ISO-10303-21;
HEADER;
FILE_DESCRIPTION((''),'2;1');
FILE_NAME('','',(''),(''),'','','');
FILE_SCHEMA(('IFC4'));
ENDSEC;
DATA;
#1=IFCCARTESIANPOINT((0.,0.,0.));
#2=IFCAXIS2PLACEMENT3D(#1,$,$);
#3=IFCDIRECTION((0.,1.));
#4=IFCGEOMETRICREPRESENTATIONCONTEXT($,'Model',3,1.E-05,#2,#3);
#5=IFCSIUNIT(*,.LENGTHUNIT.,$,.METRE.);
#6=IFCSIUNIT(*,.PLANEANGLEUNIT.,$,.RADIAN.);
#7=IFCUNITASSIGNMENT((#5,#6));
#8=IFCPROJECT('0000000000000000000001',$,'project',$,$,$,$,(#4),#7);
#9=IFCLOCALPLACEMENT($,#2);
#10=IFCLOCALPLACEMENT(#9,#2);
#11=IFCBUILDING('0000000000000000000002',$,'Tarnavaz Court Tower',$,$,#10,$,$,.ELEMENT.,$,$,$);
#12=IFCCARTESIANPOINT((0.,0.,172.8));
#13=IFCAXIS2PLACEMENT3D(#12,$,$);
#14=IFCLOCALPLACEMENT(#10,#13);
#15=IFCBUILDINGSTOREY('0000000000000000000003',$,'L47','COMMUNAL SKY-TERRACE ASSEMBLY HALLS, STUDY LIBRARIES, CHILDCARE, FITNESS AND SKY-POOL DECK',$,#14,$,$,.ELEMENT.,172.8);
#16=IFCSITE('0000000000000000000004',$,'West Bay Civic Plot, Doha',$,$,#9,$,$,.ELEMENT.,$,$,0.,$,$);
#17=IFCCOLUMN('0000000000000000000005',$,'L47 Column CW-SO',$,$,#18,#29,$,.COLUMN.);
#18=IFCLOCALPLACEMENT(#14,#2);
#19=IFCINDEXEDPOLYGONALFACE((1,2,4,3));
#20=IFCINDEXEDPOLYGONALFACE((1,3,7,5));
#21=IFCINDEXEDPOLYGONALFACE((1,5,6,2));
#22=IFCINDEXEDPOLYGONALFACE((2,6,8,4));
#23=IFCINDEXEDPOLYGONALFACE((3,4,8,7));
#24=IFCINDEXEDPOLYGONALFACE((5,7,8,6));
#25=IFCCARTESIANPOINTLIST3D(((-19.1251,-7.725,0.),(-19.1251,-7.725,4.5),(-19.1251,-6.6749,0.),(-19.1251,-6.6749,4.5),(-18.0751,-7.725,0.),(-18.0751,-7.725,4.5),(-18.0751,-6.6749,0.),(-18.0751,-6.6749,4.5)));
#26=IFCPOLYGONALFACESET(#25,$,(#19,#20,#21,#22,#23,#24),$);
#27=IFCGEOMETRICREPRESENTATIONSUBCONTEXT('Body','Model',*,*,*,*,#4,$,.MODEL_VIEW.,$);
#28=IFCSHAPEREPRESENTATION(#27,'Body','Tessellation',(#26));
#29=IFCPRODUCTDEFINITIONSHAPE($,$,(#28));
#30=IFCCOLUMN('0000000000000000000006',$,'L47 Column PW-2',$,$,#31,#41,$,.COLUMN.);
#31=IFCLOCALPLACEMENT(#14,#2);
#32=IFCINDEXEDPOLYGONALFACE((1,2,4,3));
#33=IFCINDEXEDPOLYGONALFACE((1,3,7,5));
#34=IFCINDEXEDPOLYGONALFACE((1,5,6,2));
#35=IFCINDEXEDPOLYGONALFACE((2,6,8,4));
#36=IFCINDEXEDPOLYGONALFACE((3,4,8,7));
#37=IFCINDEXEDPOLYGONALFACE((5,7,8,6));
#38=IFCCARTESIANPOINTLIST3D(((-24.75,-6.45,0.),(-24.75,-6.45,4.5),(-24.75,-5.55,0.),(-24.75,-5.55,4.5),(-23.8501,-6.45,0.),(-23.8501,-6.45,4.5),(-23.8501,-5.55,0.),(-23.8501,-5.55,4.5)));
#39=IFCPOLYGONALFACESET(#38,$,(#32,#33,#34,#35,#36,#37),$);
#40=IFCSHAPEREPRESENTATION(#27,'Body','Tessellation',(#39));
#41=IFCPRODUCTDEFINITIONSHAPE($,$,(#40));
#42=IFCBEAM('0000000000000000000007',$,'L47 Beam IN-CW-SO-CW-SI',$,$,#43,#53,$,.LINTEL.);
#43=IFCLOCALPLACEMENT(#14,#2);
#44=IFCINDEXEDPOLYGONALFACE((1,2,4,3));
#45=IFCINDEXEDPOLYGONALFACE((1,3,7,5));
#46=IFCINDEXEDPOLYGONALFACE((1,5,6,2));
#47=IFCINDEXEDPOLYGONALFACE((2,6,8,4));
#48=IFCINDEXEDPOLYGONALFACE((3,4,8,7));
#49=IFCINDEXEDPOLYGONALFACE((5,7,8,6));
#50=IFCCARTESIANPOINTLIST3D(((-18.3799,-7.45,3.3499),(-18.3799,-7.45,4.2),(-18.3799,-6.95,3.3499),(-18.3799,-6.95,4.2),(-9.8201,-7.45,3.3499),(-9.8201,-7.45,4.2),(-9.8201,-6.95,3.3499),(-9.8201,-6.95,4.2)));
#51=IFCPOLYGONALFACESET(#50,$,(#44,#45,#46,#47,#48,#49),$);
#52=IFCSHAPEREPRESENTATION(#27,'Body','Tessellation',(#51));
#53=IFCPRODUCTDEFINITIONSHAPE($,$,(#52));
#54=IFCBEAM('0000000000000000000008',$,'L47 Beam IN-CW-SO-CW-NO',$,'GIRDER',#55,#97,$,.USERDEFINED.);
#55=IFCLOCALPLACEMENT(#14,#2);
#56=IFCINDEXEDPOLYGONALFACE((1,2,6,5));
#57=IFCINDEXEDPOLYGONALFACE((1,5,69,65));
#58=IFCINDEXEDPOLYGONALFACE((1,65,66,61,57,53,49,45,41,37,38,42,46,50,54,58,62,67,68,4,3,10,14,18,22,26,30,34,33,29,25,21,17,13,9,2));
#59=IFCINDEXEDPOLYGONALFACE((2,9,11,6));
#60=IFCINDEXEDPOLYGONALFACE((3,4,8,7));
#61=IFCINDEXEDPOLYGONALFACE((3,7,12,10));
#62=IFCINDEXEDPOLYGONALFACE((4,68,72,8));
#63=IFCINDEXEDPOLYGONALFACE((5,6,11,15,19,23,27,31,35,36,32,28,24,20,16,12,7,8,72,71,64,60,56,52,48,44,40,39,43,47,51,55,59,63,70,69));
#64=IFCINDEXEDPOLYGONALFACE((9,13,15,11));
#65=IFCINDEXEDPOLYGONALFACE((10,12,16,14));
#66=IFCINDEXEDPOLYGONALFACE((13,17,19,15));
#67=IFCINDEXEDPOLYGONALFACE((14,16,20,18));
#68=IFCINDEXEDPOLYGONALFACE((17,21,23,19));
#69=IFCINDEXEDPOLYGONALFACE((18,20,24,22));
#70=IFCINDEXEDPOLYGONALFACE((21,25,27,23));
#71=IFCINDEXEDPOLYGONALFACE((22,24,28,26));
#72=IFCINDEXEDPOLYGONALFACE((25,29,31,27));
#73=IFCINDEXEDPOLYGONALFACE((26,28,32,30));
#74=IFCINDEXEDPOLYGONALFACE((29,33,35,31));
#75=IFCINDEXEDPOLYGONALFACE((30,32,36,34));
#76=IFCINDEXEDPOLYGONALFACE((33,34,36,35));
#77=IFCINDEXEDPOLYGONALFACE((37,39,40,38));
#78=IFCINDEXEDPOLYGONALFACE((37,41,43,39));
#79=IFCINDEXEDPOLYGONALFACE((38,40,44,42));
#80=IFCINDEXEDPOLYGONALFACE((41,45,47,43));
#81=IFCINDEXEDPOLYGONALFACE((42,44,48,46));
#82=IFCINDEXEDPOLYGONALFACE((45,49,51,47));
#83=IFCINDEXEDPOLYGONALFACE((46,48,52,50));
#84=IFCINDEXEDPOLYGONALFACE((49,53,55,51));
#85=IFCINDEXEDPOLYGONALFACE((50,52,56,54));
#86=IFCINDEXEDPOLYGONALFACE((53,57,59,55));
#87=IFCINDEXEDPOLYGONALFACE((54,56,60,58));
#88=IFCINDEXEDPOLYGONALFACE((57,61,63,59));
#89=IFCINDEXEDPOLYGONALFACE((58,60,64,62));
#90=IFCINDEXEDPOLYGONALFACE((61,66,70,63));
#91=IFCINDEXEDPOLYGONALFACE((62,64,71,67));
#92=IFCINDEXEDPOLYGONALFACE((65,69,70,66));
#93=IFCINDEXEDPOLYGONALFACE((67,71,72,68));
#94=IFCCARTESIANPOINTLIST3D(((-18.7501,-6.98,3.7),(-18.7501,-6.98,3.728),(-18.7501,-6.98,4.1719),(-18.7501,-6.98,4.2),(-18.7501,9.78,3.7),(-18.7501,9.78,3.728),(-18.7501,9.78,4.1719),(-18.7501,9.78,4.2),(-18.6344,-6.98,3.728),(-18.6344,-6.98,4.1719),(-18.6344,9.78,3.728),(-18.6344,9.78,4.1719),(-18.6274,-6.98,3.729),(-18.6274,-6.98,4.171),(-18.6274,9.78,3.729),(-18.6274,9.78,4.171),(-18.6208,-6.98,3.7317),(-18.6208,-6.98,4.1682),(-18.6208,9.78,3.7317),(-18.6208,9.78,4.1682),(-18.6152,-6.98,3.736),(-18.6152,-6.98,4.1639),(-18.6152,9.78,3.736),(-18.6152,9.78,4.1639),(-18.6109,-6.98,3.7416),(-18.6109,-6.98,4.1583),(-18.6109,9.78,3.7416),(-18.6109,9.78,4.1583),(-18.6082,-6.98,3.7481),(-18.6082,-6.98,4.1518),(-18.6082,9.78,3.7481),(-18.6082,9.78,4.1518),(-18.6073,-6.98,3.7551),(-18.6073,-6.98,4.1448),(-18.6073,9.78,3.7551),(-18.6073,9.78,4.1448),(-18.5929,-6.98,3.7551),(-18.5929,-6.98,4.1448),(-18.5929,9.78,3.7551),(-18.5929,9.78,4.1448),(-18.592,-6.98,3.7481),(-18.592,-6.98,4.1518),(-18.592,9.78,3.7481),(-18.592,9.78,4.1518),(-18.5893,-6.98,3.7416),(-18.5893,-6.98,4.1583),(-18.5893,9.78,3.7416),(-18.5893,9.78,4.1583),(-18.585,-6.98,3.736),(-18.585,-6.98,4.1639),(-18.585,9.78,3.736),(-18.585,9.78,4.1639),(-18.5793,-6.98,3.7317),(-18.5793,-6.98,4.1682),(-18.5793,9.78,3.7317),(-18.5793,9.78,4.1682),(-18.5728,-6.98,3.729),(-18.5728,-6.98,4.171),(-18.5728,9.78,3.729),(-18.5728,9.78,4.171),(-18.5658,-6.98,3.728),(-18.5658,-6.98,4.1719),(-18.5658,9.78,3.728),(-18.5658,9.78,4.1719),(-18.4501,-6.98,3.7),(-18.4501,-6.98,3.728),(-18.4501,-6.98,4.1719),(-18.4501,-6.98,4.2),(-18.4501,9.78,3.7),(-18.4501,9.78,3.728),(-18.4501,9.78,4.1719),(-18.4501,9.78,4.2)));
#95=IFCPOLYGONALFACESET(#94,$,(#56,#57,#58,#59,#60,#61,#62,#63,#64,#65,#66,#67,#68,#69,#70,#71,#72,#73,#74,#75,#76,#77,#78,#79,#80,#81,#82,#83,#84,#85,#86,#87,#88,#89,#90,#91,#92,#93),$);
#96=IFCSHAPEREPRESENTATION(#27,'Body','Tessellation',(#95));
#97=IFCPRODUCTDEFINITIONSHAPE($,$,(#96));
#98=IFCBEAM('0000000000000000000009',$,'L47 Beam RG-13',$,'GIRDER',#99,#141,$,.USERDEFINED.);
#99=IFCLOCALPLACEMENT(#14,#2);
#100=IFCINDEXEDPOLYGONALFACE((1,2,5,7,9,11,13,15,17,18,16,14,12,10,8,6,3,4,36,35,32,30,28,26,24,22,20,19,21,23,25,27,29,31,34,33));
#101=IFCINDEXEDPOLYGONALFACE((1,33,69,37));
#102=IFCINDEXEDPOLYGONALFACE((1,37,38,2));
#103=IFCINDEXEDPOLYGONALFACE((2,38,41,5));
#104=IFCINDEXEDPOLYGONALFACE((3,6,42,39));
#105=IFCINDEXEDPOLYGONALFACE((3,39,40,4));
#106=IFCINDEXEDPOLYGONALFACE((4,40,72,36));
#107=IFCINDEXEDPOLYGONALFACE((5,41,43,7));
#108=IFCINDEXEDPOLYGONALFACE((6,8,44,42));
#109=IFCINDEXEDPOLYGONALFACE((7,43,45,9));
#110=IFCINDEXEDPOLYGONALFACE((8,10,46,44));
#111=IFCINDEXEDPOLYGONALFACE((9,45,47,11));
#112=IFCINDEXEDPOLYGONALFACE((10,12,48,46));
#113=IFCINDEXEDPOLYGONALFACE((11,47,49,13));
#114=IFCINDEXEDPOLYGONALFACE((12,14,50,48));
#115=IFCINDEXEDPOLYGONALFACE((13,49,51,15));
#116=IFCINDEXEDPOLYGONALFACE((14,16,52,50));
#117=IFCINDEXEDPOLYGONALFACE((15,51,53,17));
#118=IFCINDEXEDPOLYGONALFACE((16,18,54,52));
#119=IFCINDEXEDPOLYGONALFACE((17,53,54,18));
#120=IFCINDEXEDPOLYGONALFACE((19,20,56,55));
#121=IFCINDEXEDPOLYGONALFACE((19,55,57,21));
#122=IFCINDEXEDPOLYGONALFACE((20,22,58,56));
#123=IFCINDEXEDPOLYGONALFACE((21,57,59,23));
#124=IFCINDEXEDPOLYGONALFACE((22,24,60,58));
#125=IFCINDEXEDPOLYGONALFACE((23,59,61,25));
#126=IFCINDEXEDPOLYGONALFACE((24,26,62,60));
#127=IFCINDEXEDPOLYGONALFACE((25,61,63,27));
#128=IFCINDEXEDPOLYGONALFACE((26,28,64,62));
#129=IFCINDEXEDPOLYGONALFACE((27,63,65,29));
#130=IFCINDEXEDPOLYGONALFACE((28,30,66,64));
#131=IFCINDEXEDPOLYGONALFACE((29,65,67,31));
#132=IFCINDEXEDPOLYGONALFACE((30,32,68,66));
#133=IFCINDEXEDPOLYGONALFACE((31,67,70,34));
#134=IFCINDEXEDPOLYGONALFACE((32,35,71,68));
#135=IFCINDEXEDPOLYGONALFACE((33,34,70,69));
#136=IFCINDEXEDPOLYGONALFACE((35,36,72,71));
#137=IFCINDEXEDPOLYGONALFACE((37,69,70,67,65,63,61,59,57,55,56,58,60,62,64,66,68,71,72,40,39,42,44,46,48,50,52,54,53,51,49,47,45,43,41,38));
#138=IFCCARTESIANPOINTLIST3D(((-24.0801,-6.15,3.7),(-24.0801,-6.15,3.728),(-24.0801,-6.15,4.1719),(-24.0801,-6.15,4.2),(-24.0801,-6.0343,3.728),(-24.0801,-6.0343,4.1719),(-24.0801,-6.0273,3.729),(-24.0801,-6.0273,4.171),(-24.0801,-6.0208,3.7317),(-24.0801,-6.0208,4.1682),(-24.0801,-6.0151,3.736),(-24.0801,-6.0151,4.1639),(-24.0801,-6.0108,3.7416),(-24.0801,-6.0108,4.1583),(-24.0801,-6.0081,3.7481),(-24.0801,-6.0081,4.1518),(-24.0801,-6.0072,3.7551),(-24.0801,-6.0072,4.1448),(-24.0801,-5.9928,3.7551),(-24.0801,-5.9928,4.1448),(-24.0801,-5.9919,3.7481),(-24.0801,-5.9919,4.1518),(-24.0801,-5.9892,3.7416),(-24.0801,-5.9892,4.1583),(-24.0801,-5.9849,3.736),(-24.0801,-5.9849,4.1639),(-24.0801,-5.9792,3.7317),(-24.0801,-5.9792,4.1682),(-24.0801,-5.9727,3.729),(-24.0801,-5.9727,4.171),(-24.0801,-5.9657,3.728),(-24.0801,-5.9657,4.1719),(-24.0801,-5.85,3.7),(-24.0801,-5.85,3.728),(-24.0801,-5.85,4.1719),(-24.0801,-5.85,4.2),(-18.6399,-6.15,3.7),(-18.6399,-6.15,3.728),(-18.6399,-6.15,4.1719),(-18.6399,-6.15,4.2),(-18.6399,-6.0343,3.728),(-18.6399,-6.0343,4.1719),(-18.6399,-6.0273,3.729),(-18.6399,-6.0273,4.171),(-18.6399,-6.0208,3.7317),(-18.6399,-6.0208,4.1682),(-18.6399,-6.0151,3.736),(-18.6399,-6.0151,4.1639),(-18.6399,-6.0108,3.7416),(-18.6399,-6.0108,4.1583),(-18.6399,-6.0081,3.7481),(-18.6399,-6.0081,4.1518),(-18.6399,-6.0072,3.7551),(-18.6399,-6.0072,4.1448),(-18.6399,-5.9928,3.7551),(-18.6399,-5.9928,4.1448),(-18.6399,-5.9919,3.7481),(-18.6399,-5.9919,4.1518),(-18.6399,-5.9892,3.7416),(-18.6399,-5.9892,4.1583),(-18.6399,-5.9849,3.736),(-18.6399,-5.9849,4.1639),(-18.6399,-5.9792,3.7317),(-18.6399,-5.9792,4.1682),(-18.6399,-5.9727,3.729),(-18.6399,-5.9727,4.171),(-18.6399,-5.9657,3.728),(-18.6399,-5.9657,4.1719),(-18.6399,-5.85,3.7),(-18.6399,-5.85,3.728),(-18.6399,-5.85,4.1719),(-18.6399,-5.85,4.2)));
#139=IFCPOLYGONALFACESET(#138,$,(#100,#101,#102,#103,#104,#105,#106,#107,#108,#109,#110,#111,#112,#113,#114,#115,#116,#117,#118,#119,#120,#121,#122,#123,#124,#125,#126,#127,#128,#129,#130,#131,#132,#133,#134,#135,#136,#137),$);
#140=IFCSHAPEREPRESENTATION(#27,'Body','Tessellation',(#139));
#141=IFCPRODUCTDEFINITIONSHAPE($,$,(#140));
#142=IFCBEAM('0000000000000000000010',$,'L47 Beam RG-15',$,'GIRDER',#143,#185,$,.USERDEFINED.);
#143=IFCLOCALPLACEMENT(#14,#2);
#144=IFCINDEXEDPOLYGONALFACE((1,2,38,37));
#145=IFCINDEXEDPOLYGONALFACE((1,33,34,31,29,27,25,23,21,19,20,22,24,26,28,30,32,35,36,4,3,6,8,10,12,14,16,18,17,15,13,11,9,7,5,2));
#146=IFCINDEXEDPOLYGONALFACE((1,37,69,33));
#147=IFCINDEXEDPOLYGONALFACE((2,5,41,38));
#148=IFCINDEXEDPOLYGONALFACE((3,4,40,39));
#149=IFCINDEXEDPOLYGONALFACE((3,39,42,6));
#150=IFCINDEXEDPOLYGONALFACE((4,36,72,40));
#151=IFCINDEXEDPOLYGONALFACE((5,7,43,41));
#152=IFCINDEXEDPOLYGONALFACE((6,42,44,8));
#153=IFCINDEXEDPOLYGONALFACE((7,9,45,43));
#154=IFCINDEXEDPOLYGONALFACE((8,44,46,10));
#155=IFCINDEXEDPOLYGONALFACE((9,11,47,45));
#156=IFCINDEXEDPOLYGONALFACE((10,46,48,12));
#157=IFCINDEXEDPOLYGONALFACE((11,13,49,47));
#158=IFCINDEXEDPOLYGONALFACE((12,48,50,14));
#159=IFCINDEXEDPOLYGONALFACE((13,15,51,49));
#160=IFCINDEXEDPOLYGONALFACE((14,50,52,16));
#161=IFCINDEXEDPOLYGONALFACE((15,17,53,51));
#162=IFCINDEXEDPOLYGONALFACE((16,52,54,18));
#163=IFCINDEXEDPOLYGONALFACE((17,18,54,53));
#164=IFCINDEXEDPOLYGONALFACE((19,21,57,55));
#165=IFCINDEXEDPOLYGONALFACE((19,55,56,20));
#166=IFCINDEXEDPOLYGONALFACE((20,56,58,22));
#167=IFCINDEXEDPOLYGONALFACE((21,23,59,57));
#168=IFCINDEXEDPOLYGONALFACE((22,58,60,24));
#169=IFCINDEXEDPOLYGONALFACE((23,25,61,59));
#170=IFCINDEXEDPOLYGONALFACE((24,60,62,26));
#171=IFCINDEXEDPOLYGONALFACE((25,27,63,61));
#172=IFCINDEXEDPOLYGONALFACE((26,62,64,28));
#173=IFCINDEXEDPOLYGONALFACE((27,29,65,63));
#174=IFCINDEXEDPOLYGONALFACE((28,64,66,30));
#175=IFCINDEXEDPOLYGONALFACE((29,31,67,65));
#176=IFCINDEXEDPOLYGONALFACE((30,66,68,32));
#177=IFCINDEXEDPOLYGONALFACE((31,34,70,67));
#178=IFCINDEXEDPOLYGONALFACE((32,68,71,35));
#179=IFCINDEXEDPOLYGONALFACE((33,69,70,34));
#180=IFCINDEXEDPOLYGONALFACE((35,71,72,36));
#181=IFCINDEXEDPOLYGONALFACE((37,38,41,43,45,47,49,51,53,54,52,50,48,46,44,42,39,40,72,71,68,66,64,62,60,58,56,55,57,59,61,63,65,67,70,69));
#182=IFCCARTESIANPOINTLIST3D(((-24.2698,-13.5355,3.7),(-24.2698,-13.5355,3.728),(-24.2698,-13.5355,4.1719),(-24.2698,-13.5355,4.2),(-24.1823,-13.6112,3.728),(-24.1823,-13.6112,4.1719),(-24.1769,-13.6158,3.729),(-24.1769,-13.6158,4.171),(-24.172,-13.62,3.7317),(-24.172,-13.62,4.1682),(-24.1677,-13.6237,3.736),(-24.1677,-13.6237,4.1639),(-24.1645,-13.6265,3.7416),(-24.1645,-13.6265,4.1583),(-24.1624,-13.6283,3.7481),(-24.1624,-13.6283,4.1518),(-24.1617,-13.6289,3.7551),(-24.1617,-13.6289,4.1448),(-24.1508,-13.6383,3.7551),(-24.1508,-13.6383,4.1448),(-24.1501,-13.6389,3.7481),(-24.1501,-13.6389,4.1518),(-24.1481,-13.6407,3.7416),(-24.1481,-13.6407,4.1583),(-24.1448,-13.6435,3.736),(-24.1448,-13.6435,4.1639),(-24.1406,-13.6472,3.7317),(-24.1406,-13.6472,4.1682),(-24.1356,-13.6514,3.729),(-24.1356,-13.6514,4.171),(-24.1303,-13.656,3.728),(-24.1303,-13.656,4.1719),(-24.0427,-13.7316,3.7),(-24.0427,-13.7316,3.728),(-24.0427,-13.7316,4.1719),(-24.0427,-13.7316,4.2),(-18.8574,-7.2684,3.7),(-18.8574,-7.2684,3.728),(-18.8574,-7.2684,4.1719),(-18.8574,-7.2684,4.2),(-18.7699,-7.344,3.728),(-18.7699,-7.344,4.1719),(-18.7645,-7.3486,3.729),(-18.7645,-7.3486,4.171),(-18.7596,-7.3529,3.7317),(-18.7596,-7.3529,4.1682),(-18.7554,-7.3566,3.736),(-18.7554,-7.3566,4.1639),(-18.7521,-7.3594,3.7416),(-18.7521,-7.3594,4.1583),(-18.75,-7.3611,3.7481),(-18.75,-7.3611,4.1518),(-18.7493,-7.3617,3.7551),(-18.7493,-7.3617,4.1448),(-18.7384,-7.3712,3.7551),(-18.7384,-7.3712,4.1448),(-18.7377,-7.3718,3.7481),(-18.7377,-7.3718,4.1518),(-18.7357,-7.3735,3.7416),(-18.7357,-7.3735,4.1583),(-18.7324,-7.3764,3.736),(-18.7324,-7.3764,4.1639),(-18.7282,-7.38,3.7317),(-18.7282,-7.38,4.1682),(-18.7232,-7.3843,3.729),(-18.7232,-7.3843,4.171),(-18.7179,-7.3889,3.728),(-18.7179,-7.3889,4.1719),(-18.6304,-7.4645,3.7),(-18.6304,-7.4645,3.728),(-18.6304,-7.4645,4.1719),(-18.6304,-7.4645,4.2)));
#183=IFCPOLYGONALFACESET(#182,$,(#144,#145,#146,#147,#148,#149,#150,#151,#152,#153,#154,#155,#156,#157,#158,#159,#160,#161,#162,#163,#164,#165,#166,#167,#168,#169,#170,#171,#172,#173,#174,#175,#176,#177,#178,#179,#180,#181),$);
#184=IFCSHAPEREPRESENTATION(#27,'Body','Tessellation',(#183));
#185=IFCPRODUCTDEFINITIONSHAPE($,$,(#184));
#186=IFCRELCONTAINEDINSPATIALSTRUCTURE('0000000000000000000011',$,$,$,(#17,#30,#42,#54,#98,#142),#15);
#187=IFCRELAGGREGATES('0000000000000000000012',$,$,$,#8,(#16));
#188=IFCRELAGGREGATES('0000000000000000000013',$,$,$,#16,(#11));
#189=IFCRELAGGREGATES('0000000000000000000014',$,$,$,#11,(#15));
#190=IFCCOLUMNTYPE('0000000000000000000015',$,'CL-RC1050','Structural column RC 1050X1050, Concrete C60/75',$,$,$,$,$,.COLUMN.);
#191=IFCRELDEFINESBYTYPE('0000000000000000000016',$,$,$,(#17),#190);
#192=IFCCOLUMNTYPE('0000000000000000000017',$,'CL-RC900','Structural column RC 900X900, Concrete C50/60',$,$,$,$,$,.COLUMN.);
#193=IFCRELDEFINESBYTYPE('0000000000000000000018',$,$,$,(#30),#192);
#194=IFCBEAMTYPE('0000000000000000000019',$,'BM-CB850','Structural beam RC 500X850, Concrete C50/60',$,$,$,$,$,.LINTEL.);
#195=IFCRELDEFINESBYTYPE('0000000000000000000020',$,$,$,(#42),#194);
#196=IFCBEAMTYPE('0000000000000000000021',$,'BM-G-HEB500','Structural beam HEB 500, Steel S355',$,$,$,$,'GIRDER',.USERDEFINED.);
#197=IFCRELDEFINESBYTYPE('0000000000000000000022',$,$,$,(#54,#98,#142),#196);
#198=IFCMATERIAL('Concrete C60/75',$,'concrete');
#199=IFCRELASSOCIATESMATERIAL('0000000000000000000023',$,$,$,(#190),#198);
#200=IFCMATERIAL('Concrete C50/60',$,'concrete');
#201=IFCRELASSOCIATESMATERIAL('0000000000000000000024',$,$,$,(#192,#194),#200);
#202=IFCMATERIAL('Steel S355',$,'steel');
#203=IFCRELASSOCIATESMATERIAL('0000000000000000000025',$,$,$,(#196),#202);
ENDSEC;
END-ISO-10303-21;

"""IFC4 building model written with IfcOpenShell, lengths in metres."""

from ifc_helpers import new_model, si_unit, direction, frame, origin, origin_2d, place, context, subcontext, project, spatial, rectangle, i_section, extrude, material, material_profile, profile_set, type_object, element, save


model = new_model("IFC4")

# Units and contexts
model_context = context("Model", 3, precision=1e-05, world=origin(), true_north=direction((0.0, 1.0)))
body_context = subcontext(model_context, "Body", "Model", "MODEL_VIEW")
ifc_project = project(units=[si_unit("LENGTHUNIT", "METRE"), si_unit("PLANEANGLEUNIT", "RADIAN")], contexts=[model_context])

# Site, building, storey
site_placement = place(None, origin())
site = spatial("IfcSite", under=ifc_project, at=site_placement, Name="West Bay Civic Plot, Doha", CompositionType="ELEMENT", RefElevation=0.0)
building_placement = place(site_placement, origin())
building = spatial("IfcBuilding", under=site, at=building_placement, Name="Tarnavaz Court Tower", CompositionType="ELEMENT")
storey_placement = place(building_placement, frame((0.0, 0.0, 172.8)))
storey = spatial("IfcBuildingStorey", under=building, at=storey_placement, Name="L47", Description="COMMUNAL SKY-TERRACE ASSEMBLY HALLS, STUDY LIBRARIES, CHILDCARE, FITNESS AND SKY-POOL DECK", CompositionType="ELEMENT", Elevation=172.8)

# Columns
ifc_material_1 = material(Name="Concrete C60/75", Category="concrete")
ifc_material_profile_1 = material_profile(ifc_material_1, rectangle(XDim=1.05, YDim=1.05, at=origin_2d()), Name="RC 1050X1050")
ifc_profile_set_1 = profile_set([ifc_material_profile_1], Name="Concrete C60/75")
column_type_1 = type_object("IfcColumnType", Name="CL-RC1050", Description="Structural column RC 1050X1050, Concrete C60/75", PredefinedType="COLUMN", material=ifc_profile_set_1)
column_1_placement = place(storey_placement, frame((-18.6001, -7.2, 0.0), z_axis=(0.0, 0.0, 1.0), x_axis=(1.0, 0.0, 0.0)))
element("IfcColumn", 1, at=column_1_placement, inside=storey, type_object=column_type_1, Name="L47 Column CW-SO", PredefinedType="COLUMN", context=body_context, shape_type="SweptSolid", body=[
    extrude(rectangle(XDim=1.05, YDim=1.05, at=origin_2d()), origin(), (0.0, 0.0, 1.0), 4.5),
])
ifc_material_2 = material(Name="Concrete C50/60", Category="concrete")
ifc_material_profile_2 = material_profile(ifc_material_2, rectangle(XDim=0.8999, YDim=0.8999, at=origin_2d()), Name="RC 900X900")
ifc_profile_set_2 = profile_set([ifc_material_profile_2], Name="Concrete C50/60")
column_type_2 = type_object("IfcColumnType", Name="CL-RC900", Description="Structural column RC 900X900, Concrete C50/60", PredefinedType="COLUMN", material=ifc_profile_set_2)
column_2_placement = place(storey_placement, frame((-24.3, -6.0, 0.0), z_axis=(0.0, 0.0, 1.0), x_axis=(1.0, 0.0, 0.0)))
element("IfcColumn", 2, at=column_2_placement, inside=storey, type_object=column_type_2, Name="L47 Column PW-2", PredefinedType="COLUMN", context=body_context, shape_type="SweptSolid", body=[
    extrude(rectangle(XDim=0.8999, YDim=0.8999, at=origin_2d()), origin(), (0.0, 0.0, 1.0), 4.5),
])

# Beams
ifc_material_profile_3 = material_profile(ifc_material_2, rectangle(XDim=0.5, YDim=0.8501, at=origin_2d()), Name="RC 500X850")
ifc_profile_set_3 = profile_set([ifc_material_profile_3], Name="Concrete C50/60")
beam_type_1 = type_object("IfcBeamType", Name="BM-CB850", Description="Structural beam RC 500X850, Concrete C50/60", PredefinedType="LINTEL", material=ifc_profile_set_3)
beam_1_placement = place(storey_placement, frame((-18.3799, -7.2, 3.7749), z_axis=(1.0, 0.0, 0.0), x_axis=(0.0, 1.0, 0.0)))
element("IfcBeam", 3, at=beam_1_placement, inside=storey, type_object=beam_type_1, Name="L47 Beam IN-CW-SO-CW-SI", PredefinedType="LINTEL", context=body_context, shape_type="SweptSolid", body=[
    extrude(rectangle(XDim=0.5, YDim=0.8501, at=origin_2d()), origin(), (0.0, 0.0, 1.0), 8.5598),
])
ifc_material_3 = material(Name="Steel S355", Category="steel")
ifc_material_profile_4 = material_profile(ifc_material_3, i_section(OverallWidth=0.3, OverallDepth=0.5, WebThickness=0.0144, FlangeThickness=0.0281, FilletRadius=0.0271, at=origin_2d()), Name="HEB 500")
ifc_profile_set_4 = profile_set([ifc_material_profile_4], Name="Steel S355")
beam_type_2 = type_object("IfcBeamType", Name="BM-G-HEB500", Description="Structural beam HEB 500, Steel S355", ElementType="GIRDER", PredefinedType="USERDEFINED", material=ifc_profile_set_4)
beam_2_placement = place(storey_placement, frame((-18.6001, -6.98, 3.95), z_axis=(0.0, 1.0, 0.0), x_axis=(-1.0, 0.0, 0.0)))
element("IfcBeam", 4, at=beam_2_placement, inside=storey, type_object=beam_type_2, Name="L47 Beam IN-CW-SO-CW-NO", ObjectType="GIRDER", PredefinedType="USERDEFINED", context=body_context, shape_type="SweptSolid", body=[
    extrude(i_section(OverallWidth=0.3, OverallDepth=0.5, WebThickness=0.0144, FlangeThickness=0.0281, FilletRadius=0.0271, at=origin_2d()), origin(), (0.0, 0.0, 1.0), 16.76),
])
beam_3_placement = place(storey_placement, frame((-18.6399, -6.0, 3.95), z_axis=(-1.0, 0.0, 0.0), x_axis=(0.0, -1.0, 0.0)))
element("IfcBeam", 5, at=beam_3_placement, inside=storey, type_object=beam_type_2, Name="L47 Beam RG-13", ObjectType="GIRDER", PredefinedType="USERDEFINED", context=body_context, shape_type="SweptSolid", body=[
    extrude(i_section(OverallWidth=0.3, OverallDepth=0.5, WebThickness=0.0144, FlangeThickness=0.0281, FilletRadius=0.0271, at=origin_2d()), origin(), (0.0, 0.0, 1.0), 5.4402),
])
beam_4_placement = place(storey_placement, frame((-18.7439, -7.3665, 3.95), z_axis=(-0.653611, -0.756831, 0.0), x_axis=(0.756831, -0.653611, 0.0)))
element("IfcBeam", 6, at=beam_4_placement, inside=storey, type_object=beam_type_2, Name="L47 Beam RG-15", ObjectType="GIRDER", PredefinedType="USERDEFINED", context=body_context, shape_type="SweptSolid", body=[
    extrude(i_section(OverallWidth=0.3, OverallDepth=0.5, WebThickness=0.0144, FlangeThickness=0.0281, FilletRadius=0.0271, at=origin_2d()), origin(), (0.0, 0.0, 1.0), 8.2808),
])

save(model, "model.ifc")
